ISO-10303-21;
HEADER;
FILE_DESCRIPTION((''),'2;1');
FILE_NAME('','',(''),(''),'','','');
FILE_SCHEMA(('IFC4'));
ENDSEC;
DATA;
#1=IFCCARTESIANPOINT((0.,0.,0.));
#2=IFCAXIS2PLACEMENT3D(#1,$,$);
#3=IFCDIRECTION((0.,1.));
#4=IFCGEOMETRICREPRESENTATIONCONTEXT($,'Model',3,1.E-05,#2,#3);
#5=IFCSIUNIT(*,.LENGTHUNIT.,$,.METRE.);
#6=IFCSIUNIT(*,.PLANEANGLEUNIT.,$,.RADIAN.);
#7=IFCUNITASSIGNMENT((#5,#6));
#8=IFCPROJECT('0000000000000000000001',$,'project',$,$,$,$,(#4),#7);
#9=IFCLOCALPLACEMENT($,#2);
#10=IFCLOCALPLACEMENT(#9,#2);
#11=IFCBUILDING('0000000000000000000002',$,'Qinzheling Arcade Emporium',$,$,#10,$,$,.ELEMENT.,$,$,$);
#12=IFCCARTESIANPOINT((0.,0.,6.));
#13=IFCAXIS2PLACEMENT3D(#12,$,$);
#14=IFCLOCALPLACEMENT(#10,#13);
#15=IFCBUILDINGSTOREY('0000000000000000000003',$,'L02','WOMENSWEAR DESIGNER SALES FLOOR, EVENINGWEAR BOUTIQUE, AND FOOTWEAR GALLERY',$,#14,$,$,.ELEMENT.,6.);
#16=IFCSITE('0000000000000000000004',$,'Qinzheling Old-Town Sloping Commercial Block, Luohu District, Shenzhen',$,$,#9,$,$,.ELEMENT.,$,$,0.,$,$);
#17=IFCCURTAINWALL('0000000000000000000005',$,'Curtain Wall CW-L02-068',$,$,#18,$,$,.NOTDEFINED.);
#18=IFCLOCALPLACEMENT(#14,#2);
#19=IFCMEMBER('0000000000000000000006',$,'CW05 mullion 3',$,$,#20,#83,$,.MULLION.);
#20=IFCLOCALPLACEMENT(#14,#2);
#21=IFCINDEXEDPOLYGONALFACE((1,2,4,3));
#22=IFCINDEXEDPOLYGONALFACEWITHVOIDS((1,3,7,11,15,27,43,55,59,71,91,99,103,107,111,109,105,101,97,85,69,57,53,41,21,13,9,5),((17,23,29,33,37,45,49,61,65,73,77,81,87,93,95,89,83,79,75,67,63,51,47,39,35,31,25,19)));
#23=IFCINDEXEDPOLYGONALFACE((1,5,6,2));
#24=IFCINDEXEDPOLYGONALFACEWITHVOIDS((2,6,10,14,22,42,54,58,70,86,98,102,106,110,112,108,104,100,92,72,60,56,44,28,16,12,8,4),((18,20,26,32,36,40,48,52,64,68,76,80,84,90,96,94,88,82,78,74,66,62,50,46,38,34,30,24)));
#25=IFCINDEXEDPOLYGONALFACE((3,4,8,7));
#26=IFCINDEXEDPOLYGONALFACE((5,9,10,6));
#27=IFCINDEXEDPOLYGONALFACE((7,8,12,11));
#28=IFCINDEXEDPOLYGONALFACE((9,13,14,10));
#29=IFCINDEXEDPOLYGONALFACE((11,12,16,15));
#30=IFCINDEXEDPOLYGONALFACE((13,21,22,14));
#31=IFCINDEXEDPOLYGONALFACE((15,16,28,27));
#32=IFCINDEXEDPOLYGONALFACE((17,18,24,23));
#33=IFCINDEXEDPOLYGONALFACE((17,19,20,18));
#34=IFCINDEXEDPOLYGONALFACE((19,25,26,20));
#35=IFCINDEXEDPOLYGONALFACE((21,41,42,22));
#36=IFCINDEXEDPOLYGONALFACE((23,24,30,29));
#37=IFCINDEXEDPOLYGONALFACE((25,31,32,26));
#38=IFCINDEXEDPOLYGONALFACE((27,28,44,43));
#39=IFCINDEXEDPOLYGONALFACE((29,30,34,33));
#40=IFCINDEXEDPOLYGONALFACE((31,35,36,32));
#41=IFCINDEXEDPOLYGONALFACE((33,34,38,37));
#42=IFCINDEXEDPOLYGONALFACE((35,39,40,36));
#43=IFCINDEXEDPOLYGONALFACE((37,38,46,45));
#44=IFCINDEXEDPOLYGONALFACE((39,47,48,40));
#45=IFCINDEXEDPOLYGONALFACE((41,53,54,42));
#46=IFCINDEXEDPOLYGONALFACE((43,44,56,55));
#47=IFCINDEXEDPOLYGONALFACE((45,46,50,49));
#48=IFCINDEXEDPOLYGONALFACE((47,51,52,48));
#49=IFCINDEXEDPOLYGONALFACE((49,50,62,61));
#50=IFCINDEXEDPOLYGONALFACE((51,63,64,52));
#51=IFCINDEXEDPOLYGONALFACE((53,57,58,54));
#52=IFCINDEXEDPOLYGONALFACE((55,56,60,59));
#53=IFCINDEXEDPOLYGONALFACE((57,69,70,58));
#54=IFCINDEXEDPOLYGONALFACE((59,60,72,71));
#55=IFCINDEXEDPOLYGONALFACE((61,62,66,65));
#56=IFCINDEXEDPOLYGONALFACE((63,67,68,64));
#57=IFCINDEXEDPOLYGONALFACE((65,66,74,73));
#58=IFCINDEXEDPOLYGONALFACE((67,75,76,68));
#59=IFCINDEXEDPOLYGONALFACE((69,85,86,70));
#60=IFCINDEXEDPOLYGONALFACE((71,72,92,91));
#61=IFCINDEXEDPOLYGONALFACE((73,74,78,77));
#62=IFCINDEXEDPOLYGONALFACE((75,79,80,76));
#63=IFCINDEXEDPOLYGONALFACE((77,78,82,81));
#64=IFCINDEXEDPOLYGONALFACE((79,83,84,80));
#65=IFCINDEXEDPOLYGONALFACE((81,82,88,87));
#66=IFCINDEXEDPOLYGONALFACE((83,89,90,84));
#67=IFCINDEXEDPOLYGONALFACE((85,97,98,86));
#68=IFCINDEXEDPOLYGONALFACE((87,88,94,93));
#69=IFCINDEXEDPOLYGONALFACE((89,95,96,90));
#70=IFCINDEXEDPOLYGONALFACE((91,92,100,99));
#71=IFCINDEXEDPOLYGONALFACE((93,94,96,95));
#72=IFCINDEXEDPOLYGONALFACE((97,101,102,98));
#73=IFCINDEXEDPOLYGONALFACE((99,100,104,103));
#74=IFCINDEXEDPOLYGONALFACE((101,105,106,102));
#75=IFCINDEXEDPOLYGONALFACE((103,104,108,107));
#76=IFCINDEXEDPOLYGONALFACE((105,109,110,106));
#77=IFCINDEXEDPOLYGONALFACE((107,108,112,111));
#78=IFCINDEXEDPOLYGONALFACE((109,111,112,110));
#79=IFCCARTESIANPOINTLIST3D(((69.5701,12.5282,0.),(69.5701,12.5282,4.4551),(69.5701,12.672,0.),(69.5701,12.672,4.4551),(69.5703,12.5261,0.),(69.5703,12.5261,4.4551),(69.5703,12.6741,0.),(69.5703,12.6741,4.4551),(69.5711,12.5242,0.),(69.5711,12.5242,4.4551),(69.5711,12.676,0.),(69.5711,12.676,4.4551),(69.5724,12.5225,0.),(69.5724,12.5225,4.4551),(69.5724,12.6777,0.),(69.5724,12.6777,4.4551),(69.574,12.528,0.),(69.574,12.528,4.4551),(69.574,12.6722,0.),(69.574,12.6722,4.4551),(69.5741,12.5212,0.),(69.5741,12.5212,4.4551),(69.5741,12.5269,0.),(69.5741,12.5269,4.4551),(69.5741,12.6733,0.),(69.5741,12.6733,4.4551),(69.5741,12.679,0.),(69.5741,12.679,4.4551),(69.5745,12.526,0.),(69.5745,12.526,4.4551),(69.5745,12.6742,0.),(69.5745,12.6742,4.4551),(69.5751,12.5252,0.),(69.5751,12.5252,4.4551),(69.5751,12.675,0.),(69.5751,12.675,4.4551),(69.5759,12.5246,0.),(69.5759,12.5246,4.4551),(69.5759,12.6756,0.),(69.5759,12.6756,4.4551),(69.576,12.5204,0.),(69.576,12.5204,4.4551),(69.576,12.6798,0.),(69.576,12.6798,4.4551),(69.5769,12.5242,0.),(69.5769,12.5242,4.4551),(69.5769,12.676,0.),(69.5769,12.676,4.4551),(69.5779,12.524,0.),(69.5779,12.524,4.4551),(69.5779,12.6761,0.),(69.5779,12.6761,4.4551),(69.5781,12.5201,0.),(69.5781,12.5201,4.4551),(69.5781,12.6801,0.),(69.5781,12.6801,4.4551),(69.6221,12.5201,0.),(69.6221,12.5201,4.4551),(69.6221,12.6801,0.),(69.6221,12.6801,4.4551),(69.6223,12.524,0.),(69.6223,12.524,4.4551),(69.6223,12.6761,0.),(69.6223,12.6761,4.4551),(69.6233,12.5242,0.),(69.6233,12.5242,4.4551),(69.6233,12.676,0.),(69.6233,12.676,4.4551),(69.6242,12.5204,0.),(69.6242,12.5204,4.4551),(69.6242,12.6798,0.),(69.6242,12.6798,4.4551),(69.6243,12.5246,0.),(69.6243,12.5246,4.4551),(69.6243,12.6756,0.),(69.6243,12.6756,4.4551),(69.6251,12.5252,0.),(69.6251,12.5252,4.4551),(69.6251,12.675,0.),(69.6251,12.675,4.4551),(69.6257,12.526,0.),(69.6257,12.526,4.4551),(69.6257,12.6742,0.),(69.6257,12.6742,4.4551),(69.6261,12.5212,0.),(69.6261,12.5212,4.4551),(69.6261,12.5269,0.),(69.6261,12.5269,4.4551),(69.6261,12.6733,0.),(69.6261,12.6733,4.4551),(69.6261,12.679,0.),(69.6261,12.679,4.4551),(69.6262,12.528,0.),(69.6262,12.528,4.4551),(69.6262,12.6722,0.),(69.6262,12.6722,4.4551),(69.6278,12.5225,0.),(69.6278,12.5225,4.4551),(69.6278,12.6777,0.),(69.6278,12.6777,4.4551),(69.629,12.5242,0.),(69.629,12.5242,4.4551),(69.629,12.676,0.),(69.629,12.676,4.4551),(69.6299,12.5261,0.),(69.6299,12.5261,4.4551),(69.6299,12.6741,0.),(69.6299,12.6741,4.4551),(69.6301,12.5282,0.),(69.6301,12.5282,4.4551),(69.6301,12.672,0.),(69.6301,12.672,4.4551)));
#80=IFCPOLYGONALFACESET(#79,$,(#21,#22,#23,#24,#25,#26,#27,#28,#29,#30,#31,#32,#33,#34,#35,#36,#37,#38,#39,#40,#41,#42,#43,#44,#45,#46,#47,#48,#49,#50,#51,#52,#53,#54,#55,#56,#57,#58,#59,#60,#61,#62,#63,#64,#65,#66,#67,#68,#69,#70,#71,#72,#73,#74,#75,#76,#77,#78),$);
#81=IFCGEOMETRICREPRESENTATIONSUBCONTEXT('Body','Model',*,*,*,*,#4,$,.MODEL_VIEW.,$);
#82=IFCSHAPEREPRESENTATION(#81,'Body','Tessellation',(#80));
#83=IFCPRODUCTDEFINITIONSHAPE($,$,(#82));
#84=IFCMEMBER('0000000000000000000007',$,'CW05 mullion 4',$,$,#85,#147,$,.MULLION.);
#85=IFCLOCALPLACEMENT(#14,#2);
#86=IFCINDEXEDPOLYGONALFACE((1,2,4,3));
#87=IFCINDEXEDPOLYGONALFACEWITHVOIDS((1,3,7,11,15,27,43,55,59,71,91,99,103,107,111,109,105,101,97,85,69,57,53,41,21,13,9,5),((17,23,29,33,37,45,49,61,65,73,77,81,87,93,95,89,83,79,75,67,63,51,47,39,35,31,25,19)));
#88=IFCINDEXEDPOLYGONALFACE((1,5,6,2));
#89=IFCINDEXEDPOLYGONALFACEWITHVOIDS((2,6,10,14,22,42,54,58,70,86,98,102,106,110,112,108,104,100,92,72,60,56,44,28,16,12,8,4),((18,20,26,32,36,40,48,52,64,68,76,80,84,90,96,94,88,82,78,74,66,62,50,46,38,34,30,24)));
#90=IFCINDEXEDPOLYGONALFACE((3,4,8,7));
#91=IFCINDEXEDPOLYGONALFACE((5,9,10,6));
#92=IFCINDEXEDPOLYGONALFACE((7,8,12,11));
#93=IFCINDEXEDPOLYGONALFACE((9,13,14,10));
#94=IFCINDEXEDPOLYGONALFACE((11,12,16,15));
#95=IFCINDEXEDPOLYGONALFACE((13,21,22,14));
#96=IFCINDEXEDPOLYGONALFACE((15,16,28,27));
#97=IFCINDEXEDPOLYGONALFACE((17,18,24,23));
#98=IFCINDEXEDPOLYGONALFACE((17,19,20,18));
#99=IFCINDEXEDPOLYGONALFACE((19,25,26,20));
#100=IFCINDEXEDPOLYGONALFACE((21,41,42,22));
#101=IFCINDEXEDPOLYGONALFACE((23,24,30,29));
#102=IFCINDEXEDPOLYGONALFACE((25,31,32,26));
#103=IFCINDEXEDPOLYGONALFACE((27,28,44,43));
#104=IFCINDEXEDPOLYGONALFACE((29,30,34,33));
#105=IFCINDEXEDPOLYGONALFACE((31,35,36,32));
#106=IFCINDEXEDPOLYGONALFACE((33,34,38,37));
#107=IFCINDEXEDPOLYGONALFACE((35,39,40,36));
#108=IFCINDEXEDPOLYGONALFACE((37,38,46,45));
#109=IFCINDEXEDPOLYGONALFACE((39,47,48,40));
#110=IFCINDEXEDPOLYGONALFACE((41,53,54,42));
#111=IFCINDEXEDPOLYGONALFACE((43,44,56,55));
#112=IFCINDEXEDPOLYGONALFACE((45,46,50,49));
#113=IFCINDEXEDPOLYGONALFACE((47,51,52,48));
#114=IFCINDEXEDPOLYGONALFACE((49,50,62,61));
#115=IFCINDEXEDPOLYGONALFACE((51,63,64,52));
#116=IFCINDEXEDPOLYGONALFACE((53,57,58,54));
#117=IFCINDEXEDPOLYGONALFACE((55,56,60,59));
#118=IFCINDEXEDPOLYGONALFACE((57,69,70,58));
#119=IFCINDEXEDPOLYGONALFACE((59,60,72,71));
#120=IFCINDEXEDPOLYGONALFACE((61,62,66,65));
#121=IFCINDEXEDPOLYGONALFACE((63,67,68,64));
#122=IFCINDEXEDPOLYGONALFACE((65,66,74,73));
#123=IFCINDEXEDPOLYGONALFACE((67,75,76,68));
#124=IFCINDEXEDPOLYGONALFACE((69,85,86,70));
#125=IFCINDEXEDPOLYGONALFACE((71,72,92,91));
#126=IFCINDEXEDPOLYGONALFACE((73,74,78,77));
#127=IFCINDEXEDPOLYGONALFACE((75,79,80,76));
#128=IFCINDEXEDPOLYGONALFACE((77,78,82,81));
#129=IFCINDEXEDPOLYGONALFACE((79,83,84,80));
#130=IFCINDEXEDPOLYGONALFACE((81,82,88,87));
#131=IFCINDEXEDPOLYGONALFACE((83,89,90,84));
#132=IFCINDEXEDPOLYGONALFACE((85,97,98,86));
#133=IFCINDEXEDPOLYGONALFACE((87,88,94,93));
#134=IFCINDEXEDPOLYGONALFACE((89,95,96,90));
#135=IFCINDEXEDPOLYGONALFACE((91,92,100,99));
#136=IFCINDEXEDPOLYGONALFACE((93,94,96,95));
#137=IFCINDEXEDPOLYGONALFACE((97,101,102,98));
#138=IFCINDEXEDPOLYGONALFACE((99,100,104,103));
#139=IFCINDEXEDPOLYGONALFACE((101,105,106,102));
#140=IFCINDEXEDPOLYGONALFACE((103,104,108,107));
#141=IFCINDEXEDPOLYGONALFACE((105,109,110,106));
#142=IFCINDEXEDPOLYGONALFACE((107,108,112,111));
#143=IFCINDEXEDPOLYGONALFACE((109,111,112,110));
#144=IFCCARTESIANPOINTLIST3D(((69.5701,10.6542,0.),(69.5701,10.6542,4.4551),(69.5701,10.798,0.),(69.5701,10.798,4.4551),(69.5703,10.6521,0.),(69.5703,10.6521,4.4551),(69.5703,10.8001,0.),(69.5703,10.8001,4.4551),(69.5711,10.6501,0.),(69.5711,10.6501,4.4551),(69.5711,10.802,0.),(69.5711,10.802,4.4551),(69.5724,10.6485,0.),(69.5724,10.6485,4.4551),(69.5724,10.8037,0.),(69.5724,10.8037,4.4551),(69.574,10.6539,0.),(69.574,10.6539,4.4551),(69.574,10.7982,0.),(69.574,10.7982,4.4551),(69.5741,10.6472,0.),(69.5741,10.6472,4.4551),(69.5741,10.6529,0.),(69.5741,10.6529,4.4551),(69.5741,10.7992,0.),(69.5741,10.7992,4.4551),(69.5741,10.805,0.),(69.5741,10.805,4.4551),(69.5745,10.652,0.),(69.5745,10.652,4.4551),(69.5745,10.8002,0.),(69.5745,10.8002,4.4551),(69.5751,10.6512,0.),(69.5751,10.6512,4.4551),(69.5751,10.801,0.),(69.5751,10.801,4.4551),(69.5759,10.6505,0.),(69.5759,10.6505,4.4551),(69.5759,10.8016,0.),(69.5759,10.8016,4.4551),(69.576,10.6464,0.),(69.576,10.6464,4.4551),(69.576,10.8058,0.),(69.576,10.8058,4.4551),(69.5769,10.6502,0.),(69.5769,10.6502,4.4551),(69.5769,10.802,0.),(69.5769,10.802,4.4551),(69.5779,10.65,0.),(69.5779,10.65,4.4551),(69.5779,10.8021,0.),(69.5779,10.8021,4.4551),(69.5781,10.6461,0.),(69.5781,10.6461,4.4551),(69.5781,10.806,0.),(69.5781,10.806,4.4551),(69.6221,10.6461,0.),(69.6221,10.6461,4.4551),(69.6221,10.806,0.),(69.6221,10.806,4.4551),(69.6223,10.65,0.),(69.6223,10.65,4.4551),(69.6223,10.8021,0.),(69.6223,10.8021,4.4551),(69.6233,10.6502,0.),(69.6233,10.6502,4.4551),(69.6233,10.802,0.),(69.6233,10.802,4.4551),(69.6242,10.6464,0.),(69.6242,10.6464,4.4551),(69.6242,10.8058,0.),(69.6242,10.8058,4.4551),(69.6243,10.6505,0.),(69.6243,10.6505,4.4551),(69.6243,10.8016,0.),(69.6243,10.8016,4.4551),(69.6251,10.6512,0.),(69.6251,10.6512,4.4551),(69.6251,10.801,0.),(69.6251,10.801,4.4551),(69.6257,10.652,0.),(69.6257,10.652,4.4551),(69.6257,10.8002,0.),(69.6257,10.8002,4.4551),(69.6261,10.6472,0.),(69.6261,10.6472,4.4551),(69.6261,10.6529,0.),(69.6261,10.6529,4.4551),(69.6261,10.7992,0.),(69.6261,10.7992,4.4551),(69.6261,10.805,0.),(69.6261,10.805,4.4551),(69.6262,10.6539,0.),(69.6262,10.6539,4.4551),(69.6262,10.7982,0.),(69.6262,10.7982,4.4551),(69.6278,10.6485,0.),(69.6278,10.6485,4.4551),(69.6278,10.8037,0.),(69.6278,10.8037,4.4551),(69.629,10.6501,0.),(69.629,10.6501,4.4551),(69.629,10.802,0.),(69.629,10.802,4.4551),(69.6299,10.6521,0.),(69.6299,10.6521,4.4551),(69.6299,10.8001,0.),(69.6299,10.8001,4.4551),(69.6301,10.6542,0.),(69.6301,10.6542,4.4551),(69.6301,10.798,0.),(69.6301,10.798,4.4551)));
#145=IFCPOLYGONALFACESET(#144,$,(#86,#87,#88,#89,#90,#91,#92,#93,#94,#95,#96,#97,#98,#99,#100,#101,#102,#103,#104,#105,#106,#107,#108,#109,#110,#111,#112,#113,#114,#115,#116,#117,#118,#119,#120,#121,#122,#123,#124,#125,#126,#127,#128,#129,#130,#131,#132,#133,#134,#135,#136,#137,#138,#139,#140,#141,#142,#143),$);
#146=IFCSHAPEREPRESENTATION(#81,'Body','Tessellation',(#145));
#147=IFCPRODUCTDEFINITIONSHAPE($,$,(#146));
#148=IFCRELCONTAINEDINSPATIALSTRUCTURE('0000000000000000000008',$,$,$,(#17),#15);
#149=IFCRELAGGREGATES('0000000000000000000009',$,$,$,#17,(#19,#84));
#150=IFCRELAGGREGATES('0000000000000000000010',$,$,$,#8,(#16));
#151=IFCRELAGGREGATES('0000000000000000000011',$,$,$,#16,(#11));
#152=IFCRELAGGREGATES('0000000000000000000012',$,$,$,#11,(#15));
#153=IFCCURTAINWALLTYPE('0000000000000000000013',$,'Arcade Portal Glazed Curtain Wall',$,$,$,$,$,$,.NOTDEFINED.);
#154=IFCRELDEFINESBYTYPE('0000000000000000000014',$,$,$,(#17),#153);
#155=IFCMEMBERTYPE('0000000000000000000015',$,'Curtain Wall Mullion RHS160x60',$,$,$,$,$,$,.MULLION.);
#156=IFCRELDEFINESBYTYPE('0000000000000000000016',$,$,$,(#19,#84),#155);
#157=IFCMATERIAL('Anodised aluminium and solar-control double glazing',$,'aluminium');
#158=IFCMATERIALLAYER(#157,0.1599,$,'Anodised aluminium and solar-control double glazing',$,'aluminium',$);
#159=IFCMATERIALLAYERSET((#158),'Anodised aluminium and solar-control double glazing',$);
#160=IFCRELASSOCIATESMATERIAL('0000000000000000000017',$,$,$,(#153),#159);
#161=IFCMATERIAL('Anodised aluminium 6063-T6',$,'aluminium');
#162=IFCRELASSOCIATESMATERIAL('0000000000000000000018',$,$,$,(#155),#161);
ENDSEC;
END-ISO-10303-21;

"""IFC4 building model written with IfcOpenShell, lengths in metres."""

from ifc_helpers import new_model, si_unit, direction, frame, origin, origin_2d, place, context, subcontext, project, spatial, hollow_rectangle, extrude, material, layer, layer_set, material_profile, profile_set, type_object, element, aggregate, save


model = new_model("IFC4")

# Units and contexts
model_context = context("Model", 3, precision=1e-05, world=origin(), true_north=direction((0.0, 1.0)))
body_context = subcontext(model_context, "Body", "Model", "MODEL_VIEW")
ifc_project = project(units=[si_unit("LENGTHUNIT", "METRE"), si_unit("PLANEANGLEUNIT", "RADIAN")], contexts=[model_context])

# Site, building, storey
site_placement = place(None, origin())
site = spatial("IfcSite", under=ifc_project, at=site_placement, Name="Qinzheling Old-Town Sloping Commercial Block, Luohu District, Shenzhen", CompositionType="ELEMENT", RefElevation=0.0)
building_placement = place(site_placement, origin())
building = spatial("IfcBuilding", under=site, at=building_placement, Name="Qinzheling Arcade Emporium", CompositionType="ELEMENT")
storey_placement = place(building_placement, frame((0.0, 0.0, 6.0)))
storey = spatial("IfcBuildingStorey", under=building, at=storey_placement, Name="L02", Description="WOMENSWEAR DESIGNER SALES FLOOR, EVENINGWEAR BOUTIQUE, AND FOOTWEAR GALLERY", CompositionType="ELEMENT", Elevation=6.0)

# Curtain wall, members
ifc_material_1 = material(Name="Anodised aluminium and solar-control double glazing", Category="aluminium")
ifc_layer_1 = layer(ifc_material_1, 0.1599, Name="Anodised aluminium and solar-control double glazing", Category="aluminium")
ifc_layer_set_1 = layer_set([ifc_layer_1], Name="Anodised aluminium and solar-control double glazing")
curtain_wall_type = type_object("IfcCurtainWallType", Name="Arcade Portal Glazed Curtain Wall", PredefinedType="NOTDEFINED", material=ifc_layer_set_1)
curtain_wall_placement = place(storey_placement, origin())
curtain_wall = element("IfcCurtainWall", 1, at=curtain_wall_placement, inside=storey, type_object=curtain_wall_type, Name="Curtain Wall CW-L02-068", PredefinedType="NOTDEFINED")
ifc_material_2 = material(Name="Anodised aluminium 6063-T6", Category="aluminium")
ifc_material_profile_1 = material_profile(ifc_material_2, hollow_rectangle(XDim=0.0601, YDim=0.1599, WallThickness=0.0039, InnerFilletRadius=0.0039, OuterFilletRadius=0.0081, at=origin_2d()), Name="RHS 160x60x4", Category="aluminium")
ifc_profile_set_1 = profile_set([ifc_material_profile_1], Name="Anodised aluminium 6063-T6")
member_type_1 = type_object("IfcMemberType", Name="Curtain Wall Mullion RHS160x60", PredefinedType="MULLION", material=ifc_profile_set_1)
member_1_placement = place(storey_placement, frame((69.6001, 12.6001, 0.0), z_axis=(0.0, 0.0, 1.0), x_axis=(1.0, 0.0, 0.0)))
member_1 = element("IfcMember", 2, at=member_1_placement, type_object=member_type_1, Name="CW05 mullion 3", PredefinedType="MULLION", context=body_context, shape_type="SweptSolid", body=[
    extrude(hollow_rectangle(XDim=0.0601, YDim=0.1599, WallThickness=0.0039, InnerFilletRadius=0.0039, OuterFilletRadius=0.0081, at=origin_2d()), origin(), (0.0, 0.0, 1.0), 4.4551),
])
member_2_placement = place(storey_placement, frame((69.6001, 10.7261, 0.0), z_axis=(0.0, 0.0, 1.0), x_axis=(1.0, 0.0, 0.0)))
member_2 = element("IfcMember", 3, at=member_2_placement, type_object=member_type_1, Name="CW05 mullion 4", PredefinedType="MULLION", context=body_context, shape_type="SweptSolid", body=[
    extrude(hollow_rectangle(XDim=0.0601, YDim=0.1599, WallThickness=0.0039, InnerFilletRadius=0.0039, OuterFilletRadius=0.0081, at=origin_2d()), origin(), (0.0, 0.0, 1.0), 4.4551),
])
aggregate(curtain_wall, [member_1, member_2])

save(model, "model.ifc")
